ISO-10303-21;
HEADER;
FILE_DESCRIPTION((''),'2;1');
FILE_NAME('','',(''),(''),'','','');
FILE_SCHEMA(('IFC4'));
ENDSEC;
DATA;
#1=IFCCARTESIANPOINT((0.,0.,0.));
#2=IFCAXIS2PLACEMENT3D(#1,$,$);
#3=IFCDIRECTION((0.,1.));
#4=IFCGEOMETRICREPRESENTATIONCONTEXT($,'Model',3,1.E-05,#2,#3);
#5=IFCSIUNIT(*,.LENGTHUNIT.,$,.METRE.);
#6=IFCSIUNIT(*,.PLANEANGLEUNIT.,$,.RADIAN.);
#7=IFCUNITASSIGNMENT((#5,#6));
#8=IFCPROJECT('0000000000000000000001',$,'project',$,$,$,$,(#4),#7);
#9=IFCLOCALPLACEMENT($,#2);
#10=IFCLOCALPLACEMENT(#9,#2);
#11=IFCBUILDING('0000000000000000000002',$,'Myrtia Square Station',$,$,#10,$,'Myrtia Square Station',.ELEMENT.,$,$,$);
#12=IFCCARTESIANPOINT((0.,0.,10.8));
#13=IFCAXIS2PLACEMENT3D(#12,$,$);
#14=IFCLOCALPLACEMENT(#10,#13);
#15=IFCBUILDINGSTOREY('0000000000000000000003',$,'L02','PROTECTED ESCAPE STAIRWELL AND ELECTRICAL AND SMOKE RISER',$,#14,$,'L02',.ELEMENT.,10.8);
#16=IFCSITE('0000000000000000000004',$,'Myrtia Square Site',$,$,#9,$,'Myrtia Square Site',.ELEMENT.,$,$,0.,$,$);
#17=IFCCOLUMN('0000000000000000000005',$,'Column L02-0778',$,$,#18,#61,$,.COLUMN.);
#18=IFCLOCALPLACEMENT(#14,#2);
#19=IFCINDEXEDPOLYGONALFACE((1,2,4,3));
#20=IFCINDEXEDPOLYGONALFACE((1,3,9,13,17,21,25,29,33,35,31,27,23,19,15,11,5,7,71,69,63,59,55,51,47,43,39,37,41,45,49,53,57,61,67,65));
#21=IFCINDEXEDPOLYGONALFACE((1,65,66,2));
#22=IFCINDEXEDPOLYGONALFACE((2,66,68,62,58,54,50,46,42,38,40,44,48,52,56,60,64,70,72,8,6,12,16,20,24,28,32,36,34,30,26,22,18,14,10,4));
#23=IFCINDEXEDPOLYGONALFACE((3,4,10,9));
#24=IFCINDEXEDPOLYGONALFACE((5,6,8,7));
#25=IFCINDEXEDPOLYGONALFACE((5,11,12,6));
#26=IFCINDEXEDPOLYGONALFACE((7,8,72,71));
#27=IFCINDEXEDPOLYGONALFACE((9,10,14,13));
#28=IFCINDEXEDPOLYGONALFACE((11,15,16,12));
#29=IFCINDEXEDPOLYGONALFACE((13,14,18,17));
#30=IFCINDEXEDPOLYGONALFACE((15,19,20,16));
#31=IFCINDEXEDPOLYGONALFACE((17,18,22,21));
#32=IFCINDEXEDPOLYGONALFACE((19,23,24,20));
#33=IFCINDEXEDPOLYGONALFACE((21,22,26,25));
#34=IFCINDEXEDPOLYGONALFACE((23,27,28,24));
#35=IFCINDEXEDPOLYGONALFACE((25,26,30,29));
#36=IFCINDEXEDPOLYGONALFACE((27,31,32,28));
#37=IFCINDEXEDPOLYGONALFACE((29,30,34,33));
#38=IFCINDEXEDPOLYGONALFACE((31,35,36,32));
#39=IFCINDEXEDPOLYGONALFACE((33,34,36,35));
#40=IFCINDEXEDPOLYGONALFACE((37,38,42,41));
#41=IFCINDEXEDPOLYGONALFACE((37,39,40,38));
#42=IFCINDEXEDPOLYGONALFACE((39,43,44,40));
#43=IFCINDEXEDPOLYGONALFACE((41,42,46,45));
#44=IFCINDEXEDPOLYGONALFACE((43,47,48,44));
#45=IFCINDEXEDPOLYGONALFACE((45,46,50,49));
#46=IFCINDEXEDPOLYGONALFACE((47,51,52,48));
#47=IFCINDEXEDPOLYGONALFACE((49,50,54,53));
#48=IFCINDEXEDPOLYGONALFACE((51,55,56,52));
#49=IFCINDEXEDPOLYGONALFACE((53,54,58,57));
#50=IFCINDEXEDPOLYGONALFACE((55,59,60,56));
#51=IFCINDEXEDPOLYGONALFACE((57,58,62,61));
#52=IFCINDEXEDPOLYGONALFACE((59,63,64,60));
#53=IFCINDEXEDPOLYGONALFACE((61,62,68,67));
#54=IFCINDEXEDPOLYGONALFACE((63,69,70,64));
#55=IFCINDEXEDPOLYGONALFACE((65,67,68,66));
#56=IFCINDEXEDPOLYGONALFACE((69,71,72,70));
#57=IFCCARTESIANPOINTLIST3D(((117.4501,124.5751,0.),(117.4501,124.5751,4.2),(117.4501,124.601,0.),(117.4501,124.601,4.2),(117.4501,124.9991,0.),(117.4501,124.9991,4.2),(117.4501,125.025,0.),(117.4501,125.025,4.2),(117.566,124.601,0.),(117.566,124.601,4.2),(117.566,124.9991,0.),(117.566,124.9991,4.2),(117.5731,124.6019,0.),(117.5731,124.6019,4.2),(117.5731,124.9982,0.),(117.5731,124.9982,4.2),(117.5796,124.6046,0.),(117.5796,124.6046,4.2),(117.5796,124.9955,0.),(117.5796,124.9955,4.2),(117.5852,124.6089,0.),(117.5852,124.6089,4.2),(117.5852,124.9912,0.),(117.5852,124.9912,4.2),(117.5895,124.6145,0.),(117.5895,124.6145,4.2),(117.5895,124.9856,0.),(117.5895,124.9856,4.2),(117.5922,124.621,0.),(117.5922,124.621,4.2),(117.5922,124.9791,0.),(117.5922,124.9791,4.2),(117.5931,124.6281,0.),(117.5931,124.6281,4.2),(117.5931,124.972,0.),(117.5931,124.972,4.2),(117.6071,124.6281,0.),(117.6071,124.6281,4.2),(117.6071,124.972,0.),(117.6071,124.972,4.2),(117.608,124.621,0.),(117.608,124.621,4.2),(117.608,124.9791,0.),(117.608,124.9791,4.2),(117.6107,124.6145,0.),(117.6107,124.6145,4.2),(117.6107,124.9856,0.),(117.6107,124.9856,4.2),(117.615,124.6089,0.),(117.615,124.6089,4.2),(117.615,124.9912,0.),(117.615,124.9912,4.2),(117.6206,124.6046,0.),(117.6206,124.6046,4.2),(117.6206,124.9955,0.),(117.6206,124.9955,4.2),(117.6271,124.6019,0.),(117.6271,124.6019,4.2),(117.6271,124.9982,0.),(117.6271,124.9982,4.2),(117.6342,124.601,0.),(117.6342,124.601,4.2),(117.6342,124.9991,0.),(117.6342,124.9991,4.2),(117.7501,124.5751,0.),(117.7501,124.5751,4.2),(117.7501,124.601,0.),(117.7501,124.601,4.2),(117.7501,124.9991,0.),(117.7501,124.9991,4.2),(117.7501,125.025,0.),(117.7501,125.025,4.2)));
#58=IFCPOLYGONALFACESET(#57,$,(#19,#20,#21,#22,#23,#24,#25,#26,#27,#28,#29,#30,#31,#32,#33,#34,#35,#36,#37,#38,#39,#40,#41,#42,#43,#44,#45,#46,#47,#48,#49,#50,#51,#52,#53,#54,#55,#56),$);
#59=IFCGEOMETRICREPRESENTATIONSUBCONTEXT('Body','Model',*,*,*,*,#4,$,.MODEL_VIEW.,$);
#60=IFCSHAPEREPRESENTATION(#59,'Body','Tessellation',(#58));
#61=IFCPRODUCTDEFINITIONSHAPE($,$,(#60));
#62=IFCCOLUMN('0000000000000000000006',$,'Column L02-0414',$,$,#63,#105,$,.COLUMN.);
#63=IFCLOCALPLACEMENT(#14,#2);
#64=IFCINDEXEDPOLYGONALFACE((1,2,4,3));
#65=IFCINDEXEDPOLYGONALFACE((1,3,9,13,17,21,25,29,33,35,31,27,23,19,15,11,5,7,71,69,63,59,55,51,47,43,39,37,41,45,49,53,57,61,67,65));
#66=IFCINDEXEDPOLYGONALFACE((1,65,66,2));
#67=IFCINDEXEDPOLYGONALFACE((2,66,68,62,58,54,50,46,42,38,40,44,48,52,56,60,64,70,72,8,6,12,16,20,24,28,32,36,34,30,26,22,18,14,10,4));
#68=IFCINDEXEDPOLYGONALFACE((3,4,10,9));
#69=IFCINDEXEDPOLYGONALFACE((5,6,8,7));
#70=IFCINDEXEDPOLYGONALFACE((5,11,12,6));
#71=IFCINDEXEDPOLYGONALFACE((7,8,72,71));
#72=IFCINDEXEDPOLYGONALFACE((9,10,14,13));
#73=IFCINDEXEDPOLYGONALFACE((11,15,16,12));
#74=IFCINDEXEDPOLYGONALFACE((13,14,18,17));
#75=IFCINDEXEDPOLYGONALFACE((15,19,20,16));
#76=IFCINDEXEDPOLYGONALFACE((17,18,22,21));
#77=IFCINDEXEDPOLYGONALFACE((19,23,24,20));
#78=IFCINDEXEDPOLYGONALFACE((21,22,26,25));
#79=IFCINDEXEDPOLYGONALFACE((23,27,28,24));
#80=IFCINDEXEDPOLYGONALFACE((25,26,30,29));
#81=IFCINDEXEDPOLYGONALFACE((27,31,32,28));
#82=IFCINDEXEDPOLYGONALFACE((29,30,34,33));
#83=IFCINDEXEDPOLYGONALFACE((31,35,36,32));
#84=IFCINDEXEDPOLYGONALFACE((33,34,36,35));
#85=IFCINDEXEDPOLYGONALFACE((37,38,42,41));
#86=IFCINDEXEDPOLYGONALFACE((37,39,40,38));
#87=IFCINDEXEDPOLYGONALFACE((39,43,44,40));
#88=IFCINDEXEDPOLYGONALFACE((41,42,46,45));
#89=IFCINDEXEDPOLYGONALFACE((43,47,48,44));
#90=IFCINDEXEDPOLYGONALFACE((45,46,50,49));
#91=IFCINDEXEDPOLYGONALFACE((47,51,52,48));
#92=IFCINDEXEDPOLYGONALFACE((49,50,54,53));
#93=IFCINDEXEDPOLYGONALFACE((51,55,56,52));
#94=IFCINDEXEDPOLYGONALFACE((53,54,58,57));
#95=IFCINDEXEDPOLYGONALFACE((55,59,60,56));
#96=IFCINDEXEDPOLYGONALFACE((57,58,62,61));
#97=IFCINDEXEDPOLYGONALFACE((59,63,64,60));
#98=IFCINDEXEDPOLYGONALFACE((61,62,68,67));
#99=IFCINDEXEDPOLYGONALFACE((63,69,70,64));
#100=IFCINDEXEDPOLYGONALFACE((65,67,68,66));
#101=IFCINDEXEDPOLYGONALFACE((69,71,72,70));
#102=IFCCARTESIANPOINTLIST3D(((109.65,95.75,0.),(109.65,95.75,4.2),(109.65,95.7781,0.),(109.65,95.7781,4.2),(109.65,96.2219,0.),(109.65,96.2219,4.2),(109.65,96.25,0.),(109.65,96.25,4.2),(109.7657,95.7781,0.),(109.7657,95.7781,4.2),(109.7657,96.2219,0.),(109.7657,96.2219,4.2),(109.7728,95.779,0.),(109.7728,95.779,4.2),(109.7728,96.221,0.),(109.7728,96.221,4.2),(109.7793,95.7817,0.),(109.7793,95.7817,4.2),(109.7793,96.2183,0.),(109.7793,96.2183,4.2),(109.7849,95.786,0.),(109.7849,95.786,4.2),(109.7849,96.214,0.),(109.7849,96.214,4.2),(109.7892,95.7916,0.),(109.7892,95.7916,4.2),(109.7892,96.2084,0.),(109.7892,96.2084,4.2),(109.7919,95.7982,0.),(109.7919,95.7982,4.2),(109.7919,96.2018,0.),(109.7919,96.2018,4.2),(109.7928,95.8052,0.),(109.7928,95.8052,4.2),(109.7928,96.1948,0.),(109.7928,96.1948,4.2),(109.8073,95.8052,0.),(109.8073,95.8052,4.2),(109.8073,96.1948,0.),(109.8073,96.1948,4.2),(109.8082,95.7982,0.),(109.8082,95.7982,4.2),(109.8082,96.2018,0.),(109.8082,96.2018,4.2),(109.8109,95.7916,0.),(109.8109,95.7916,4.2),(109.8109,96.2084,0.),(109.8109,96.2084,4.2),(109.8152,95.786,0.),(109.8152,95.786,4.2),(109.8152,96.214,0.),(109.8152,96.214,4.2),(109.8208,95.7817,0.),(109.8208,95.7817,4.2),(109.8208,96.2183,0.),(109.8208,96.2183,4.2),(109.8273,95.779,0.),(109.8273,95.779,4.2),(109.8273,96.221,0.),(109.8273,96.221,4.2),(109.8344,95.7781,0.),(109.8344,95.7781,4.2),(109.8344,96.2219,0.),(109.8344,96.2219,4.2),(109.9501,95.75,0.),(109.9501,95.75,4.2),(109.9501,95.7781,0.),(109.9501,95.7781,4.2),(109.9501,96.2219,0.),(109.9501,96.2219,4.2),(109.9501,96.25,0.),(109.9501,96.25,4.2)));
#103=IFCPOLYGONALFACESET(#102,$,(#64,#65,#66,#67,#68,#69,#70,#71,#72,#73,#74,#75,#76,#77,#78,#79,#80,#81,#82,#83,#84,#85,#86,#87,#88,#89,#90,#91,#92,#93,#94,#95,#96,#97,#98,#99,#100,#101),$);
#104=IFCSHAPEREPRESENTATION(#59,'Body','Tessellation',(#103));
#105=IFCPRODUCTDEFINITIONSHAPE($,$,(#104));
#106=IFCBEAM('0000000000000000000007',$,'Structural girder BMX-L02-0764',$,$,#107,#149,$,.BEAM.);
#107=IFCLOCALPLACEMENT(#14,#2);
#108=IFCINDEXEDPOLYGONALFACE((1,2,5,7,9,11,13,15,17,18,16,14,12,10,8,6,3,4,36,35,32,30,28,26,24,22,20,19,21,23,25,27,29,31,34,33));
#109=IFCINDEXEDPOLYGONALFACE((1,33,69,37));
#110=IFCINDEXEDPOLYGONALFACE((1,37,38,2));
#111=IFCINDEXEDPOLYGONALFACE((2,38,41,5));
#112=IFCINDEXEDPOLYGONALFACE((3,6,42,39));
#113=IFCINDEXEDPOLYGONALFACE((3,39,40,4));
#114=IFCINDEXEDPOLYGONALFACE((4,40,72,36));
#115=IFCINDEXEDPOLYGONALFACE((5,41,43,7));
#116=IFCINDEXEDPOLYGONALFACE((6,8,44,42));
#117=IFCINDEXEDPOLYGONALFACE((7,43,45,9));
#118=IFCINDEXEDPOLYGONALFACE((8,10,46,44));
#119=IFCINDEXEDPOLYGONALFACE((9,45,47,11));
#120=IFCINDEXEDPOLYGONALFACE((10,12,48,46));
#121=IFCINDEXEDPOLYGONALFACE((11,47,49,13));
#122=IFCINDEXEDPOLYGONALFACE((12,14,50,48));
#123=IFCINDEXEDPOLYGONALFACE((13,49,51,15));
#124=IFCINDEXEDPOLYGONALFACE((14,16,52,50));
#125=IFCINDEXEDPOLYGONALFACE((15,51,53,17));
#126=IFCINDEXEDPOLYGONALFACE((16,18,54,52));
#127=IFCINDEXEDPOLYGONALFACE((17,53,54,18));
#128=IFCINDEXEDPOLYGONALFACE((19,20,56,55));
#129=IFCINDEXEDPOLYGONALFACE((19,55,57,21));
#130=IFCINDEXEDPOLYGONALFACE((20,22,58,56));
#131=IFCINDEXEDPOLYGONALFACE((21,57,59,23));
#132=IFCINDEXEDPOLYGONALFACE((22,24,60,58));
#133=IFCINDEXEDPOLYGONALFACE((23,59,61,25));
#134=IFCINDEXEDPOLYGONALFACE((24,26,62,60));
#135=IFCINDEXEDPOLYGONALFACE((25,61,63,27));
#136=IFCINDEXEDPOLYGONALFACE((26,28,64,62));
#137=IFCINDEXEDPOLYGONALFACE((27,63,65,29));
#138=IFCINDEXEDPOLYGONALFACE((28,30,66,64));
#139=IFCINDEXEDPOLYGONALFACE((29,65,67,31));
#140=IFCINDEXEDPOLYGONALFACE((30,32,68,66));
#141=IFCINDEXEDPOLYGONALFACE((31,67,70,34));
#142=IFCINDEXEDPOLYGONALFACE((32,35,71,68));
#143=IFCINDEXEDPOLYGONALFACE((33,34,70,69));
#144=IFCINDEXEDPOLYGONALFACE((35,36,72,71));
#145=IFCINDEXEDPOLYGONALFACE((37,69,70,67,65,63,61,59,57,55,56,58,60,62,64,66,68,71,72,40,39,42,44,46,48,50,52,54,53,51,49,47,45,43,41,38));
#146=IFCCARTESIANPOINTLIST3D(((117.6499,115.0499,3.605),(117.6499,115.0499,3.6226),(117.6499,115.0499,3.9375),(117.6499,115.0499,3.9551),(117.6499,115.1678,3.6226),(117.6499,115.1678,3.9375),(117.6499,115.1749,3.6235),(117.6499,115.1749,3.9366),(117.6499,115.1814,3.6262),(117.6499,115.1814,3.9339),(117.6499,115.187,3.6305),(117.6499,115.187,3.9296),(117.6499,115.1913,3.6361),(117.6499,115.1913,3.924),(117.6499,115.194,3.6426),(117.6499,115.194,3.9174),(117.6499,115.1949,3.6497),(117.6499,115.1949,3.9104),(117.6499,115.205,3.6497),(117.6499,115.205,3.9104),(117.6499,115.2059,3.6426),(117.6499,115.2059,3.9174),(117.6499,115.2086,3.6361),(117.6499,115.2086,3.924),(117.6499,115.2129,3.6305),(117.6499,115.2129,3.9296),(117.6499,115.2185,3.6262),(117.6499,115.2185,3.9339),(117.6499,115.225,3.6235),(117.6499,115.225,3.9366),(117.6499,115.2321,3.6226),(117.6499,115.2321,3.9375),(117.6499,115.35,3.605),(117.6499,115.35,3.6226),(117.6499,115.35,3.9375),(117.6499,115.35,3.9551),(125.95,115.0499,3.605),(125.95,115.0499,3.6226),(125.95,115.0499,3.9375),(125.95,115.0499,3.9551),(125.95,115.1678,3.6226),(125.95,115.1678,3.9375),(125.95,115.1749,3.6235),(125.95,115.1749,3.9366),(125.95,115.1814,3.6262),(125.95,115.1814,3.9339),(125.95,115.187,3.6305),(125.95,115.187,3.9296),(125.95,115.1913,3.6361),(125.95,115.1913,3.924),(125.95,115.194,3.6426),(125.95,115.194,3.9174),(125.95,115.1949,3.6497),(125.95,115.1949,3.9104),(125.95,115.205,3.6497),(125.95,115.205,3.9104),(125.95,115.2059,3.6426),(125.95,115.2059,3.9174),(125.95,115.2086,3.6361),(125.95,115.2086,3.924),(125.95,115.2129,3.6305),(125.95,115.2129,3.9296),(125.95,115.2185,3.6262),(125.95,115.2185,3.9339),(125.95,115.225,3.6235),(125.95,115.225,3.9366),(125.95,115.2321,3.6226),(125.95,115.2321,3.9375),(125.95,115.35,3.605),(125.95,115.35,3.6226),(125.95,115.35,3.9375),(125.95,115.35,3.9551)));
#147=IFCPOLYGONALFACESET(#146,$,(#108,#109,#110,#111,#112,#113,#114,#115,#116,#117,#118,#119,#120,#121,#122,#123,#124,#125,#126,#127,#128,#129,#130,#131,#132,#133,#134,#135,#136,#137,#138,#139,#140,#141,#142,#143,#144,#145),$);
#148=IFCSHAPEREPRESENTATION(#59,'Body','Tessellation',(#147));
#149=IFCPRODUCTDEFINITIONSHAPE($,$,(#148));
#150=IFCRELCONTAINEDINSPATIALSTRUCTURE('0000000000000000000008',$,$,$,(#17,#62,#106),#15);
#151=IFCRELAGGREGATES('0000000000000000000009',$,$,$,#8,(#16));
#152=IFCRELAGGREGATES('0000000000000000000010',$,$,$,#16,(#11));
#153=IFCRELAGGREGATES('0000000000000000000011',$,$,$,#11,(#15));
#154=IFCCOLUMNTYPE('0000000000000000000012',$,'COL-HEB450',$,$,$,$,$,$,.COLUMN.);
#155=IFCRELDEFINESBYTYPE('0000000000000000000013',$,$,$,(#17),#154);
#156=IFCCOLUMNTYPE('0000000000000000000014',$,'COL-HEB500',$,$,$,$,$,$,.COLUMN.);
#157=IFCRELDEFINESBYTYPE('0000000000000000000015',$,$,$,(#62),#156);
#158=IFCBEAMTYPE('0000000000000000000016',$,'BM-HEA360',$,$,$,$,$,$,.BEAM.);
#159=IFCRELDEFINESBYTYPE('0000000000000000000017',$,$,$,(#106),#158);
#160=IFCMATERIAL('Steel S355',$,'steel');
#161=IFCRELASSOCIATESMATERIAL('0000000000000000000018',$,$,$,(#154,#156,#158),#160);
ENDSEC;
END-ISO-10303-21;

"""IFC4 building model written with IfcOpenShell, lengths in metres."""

from ifc_helpers import new_model, si_unit, direction, frame, origin, origin_2d, place, context, subcontext, project, spatial, i_section, extrude, material, material_profile, profile_set, type_object, element, save


model = new_model("IFC4")

# Units and contexts
model_context = context("Model", 3, precision=1e-05, world=origin(), true_north=direction((0.0, 1.0)))
body_context = subcontext(model_context, "Body", "Model", "MODEL_VIEW")
ifc_project = project(units=[si_unit("LENGTHUNIT", "METRE"), si_unit("PLANEANGLEUNIT", "RADIAN")], contexts=[model_context])

# Site, building, storey
site_placement = place(None, origin())
site = spatial("IfcSite", under=ifc_project, at=site_placement, Name="Myrtia Square Site", LongName="Myrtia Square Site", CompositionType="ELEMENT", RefElevation=0.0)
building_placement = place(site_placement, origin())
building = spatial("IfcBuilding", under=site, at=building_placement, Name="Myrtia Square Station", LongName="Myrtia Square Station", CompositionType="ELEMENT")
storey_placement = place(building_placement, frame((0.0, 0.0, 10.8)))
storey = spatial("IfcBuildingStorey", under=building, at=storey_placement, Name="L02", Description="PROTECTED ESCAPE STAIRWELL AND ELECTRICAL AND SMOKE RISER", LongName="L02", CompositionType="ELEMENT", Elevation=10.8)

# Columns
ifc_material_1 = material(Name="Steel S355", Category="steel")
ifc_material_profile_1 = material_profile(ifc_material_1, i_section(OverallWidth=0.3, OverallDepth=0.45, WebThickness=0.0139, FlangeThickness=0.0259, FilletRadius=0.0271, at=origin_2d()), Name="HEB 450")
ifc_profile_set_1 = profile_set([ifc_material_profile_1], Name="Steel S355")
column_type_1 = type_object("IfcColumnType", Name="COL-HEB450", PredefinedType="COLUMN", material=ifc_profile_set_1)
for number, where, z_axis, x_axis, name in (
    (1, (117.6001, 124.8, 0.0), (0.0, 0.0, 1.0), (1.0, 0.0, 0.0), "Column L02-0778"),
):
    element("IfcColumn", number, at=place(storey_placement, frame(where, z_axis=z_axis, x_axis=x_axis)), inside=storey, type_object=column_type_1, Name=name, PredefinedType="COLUMN", context=body_context, shape_type="SweptSolid", body=[
        extrude(i_section(OverallWidth=0.3, OverallDepth=0.45, WebThickness=0.0139, FlangeThickness=0.0259, FilletRadius=0.0271, at=origin_2d()), origin(), (0.0, 0.0, 1.0), 4.2),
    ])
ifc_material_profile_2 = material_profile(ifc_material_1, i_section(OverallWidth=0.3, OverallDepth=0.5, WebThickness=0.0144, FlangeThickness=0.0281, FilletRadius=0.0271, at=origin_2d()), Name="HEB 500")
ifc_profile_set_2 = profile_set([ifc_material_profile_2], Name="Steel S355")
column_type_2 = type_object("IfcColumnType", Name="COL-HEB500", PredefinedType="COLUMN", material=ifc_profile_set_2)
column_1_placement = place(storey_placement, frame((109.8, 96.0, 0.0), z_axis=(0.0, 0.0, 1.0), x_axis=(1.0, 0.0, 0.0)))
element("IfcColumn", 2, at=column_1_placement, inside=storey, type_object=column_type_2, Name="Column L02-0414", PredefinedType="COLUMN", context=body_context, shape_type="SweptSolid", body=[
    extrude(i_section(OverallWidth=0.3, OverallDepth=0.5, WebThickness=0.0144, FlangeThickness=0.0281, FilletRadius=0.0271, at=origin_2d()), origin(), (0.0, 0.0, 1.0), 4.2),
])

# Beam
ifc_material_profile_3 = material_profile(ifc_material_1, i_section(OverallWidth=0.3, OverallDepth=0.3501, WebThickness=0.01, FlangeThickness=0.0176, FilletRadius=0.0271, at=origin_2d()), Name="HEA 360")
ifc_profile_set_3 = profile_set([ifc_material_profile_3], Name="Steel S355")
beam_type_1 = type_object("IfcBeamType", Name="BM-HEA360", PredefinedType="BEAM", material=ifc_profile_set_3)
beam_1_placement = place(storey_placement, frame((117.6499, 115.2, 3.78), z_axis=(1.0, 0.0, 0.0), x_axis=(0.0, 1.0, 0.0)))
element("IfcBeam", 3, at=beam_1_placement, inside=storey, type_object=beam_type_1, Name="Structural girder BMX-L02-0764", PredefinedType="BEAM", context=body_context, shape_type="SweptSolid", body=[
    extrude(i_section(OverallWidth=0.3, OverallDepth=0.3501, WebThickness=0.01, FlangeThickness=0.0176, FilletRadius=0.0271, at=origin_2d()), origin(), (0.0, 0.0, 1.0), 8.3),
])

save(model, "model.ifc")
